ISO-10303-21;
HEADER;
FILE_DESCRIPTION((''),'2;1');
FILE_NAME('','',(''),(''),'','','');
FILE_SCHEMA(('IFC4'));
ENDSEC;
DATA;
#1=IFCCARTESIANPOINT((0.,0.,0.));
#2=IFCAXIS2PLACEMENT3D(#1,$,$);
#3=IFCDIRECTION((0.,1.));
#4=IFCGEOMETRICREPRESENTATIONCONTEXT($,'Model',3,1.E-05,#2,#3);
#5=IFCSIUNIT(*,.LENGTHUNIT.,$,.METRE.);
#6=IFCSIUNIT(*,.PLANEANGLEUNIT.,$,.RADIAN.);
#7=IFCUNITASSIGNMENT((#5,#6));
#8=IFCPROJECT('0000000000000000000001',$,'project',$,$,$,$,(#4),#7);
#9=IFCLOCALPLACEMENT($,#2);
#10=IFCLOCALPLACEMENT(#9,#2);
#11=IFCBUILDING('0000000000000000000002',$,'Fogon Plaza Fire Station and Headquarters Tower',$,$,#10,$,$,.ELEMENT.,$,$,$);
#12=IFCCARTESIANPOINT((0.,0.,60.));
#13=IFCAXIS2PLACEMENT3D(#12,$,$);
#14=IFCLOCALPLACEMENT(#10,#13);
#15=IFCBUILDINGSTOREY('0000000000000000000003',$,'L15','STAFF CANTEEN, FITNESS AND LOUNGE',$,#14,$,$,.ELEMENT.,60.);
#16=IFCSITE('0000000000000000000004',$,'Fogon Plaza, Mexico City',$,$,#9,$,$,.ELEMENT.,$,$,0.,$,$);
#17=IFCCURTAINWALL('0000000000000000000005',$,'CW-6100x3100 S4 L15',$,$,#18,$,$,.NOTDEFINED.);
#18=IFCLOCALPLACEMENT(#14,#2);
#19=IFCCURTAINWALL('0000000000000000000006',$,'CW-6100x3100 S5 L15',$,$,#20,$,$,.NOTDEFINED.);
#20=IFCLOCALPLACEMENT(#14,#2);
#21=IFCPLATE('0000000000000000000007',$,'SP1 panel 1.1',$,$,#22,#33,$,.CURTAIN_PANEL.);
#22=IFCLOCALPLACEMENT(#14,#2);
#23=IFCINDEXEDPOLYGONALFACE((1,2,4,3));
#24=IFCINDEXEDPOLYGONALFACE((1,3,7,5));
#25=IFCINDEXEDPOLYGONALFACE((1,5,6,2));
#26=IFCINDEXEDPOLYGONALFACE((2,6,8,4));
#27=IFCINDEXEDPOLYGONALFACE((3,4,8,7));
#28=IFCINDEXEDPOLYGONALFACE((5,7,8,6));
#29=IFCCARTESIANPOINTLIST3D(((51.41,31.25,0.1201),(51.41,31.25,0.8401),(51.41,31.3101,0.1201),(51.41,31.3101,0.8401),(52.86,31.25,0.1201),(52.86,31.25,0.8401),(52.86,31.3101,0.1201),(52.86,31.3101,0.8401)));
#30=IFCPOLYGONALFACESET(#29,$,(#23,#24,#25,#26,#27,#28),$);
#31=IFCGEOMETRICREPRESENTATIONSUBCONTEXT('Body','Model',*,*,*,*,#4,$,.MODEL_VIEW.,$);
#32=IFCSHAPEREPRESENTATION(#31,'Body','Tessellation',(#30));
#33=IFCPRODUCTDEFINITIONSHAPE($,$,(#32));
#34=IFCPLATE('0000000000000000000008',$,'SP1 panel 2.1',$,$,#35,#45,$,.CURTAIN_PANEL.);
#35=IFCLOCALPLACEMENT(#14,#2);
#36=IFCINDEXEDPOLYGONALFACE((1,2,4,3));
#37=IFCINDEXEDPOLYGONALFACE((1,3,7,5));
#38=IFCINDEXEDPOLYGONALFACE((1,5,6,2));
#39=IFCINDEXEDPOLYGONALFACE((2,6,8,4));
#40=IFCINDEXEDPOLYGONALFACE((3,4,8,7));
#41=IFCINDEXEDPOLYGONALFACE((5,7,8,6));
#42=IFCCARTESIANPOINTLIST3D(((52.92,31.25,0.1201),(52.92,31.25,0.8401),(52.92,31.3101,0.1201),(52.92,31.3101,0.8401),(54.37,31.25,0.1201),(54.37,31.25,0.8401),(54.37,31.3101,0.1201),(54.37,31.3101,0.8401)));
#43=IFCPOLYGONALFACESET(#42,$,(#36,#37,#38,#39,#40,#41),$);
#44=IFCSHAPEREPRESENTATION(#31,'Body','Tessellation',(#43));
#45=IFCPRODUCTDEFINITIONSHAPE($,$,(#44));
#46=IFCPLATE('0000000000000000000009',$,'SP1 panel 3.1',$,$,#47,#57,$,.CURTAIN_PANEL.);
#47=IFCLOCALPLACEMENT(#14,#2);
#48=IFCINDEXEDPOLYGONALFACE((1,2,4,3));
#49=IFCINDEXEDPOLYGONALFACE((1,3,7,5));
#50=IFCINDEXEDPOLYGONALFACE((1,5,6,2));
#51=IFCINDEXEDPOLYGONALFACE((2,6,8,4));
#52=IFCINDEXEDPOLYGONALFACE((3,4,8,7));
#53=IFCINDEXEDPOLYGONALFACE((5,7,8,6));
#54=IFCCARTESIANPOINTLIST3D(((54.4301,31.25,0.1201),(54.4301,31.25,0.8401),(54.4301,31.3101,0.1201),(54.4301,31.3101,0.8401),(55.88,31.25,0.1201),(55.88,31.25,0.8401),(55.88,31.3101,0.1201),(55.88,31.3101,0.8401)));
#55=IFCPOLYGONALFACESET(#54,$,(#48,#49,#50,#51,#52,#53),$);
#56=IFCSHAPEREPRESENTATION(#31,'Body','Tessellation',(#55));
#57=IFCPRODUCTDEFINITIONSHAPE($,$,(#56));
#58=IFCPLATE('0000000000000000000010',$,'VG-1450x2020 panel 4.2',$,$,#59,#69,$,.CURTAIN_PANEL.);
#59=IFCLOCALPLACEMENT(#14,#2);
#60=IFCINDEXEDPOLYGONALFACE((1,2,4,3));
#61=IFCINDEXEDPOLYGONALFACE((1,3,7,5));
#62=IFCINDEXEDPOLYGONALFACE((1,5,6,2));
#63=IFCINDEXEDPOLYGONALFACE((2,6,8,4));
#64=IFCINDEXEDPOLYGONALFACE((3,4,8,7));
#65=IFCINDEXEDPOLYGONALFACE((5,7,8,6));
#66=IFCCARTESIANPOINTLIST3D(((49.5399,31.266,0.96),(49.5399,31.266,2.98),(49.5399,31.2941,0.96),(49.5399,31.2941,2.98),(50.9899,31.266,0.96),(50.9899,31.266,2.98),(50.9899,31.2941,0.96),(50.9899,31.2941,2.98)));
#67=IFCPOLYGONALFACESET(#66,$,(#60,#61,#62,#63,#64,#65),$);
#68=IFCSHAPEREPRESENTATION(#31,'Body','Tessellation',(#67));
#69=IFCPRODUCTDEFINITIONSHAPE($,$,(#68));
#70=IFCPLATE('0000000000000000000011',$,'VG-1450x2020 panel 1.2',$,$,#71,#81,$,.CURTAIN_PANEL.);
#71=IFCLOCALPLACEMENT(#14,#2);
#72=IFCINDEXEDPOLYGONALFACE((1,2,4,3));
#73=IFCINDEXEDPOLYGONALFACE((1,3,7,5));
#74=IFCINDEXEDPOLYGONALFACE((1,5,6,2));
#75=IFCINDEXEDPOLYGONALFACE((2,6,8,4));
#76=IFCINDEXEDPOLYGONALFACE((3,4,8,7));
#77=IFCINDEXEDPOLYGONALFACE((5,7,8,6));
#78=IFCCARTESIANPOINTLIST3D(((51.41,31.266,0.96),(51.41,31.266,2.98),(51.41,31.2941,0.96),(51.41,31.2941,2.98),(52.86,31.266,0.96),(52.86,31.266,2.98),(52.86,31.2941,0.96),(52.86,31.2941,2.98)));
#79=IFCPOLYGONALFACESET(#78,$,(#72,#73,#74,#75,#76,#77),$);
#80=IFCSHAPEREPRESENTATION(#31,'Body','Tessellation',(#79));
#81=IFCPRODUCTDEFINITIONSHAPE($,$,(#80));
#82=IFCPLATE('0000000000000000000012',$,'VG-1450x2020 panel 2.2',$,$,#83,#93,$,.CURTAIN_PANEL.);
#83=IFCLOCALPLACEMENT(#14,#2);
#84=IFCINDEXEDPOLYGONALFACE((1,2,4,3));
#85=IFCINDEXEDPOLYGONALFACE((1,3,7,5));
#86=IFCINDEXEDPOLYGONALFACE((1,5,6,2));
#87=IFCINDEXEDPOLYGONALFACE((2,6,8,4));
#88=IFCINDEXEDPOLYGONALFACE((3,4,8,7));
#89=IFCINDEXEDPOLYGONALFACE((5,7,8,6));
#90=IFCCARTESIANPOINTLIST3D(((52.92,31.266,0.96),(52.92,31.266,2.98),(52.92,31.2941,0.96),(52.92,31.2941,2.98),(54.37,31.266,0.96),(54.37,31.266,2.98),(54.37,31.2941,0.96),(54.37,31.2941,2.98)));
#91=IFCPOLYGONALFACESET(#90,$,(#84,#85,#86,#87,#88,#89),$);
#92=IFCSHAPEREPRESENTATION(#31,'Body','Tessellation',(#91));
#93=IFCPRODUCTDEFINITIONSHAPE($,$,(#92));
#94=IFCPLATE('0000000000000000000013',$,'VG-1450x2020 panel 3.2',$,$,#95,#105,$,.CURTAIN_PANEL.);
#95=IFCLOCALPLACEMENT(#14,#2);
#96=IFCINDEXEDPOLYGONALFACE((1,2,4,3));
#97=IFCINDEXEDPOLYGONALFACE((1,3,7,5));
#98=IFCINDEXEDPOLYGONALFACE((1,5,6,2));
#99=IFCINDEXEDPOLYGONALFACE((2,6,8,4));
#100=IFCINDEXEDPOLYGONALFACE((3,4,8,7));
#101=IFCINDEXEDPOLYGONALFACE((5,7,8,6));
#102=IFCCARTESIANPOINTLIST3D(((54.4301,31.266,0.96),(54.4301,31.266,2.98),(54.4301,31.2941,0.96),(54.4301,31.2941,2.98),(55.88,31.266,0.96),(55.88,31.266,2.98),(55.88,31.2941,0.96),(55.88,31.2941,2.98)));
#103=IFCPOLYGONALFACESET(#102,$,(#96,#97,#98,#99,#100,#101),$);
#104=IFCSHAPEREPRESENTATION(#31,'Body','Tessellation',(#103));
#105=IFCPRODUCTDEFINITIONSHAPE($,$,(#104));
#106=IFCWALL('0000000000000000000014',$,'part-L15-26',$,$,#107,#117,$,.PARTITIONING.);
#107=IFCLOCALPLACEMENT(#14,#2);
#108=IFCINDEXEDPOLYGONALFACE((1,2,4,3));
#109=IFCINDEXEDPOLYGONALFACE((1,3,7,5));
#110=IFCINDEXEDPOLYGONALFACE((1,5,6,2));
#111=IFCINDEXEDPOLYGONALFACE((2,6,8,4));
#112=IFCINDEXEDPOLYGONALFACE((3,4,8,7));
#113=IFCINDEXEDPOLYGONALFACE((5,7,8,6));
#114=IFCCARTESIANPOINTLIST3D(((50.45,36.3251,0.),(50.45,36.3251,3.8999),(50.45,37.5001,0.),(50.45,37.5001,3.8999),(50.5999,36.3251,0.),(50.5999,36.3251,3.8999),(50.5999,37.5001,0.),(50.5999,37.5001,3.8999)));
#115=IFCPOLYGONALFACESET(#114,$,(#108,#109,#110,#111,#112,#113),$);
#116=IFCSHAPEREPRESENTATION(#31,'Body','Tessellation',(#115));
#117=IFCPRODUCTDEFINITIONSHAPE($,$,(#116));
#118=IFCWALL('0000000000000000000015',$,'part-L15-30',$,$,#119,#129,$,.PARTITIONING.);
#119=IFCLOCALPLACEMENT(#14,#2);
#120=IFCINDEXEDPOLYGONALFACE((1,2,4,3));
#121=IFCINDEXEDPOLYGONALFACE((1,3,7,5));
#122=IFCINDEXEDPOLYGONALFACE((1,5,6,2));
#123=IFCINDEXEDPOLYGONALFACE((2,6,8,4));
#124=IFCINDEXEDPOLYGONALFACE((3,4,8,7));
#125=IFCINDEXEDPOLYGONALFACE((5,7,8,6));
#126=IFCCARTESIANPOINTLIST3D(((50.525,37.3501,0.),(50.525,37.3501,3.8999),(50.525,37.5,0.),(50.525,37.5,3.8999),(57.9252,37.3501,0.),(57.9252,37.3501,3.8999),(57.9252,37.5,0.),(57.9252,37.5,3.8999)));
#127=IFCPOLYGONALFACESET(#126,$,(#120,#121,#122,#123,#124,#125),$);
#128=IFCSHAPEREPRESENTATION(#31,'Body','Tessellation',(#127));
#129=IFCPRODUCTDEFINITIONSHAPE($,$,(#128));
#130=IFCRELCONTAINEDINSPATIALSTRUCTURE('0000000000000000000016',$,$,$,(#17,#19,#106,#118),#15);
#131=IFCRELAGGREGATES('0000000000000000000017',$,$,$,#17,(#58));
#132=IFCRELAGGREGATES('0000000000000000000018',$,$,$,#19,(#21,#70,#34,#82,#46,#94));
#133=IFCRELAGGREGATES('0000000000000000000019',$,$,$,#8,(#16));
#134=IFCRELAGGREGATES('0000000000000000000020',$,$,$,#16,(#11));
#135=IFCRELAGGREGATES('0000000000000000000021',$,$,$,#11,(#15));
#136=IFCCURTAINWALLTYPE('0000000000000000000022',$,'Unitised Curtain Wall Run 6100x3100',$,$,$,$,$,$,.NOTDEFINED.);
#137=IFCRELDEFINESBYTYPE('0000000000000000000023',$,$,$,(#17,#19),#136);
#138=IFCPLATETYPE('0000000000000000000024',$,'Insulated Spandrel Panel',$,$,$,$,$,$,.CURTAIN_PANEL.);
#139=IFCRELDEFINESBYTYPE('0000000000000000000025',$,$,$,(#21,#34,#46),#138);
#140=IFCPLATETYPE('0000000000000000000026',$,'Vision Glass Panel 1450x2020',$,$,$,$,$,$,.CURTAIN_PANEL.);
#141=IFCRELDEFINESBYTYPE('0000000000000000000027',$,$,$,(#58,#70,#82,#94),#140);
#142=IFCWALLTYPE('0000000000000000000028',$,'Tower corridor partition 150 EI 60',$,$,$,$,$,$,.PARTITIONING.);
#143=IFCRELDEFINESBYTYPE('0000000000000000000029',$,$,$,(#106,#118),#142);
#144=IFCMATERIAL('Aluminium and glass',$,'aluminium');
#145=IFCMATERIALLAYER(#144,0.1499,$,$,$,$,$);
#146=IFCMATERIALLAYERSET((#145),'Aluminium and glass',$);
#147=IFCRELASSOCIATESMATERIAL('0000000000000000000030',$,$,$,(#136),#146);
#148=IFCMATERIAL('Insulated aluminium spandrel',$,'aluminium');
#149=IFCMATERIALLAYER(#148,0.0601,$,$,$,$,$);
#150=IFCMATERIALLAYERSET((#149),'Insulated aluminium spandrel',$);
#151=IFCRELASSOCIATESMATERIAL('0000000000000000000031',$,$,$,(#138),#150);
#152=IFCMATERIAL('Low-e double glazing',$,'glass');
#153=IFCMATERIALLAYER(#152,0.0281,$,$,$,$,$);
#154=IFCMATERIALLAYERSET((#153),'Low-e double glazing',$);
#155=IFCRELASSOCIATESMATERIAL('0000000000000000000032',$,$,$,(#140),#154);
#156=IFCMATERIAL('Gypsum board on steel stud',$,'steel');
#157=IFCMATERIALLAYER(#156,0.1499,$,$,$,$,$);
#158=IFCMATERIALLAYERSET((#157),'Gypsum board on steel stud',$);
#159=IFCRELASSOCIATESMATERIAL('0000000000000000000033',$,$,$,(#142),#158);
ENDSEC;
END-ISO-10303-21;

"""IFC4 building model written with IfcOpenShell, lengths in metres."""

from ifc_helpers import new_model, si_unit, direction, frame, frame_2d, origin, origin_2d, place, context, subcontext, project, spatial, rectangle, extrude, material, layer, layer_set, type_object, element, aggregate, save


model = new_model("IFC4")

# Units and contexts
model_context = context("Model", 3, precision=1e-05, world=origin(), true_north=direction((0.0, 1.0)))
body_context = subcontext(model_context, "Body", "Model", "MODEL_VIEW")
ifc_project = project(units=[si_unit("LENGTHUNIT", "METRE"), si_unit("PLANEANGLEUNIT", "RADIAN")], contexts=[model_context])

# Site, building, storey
site_placement = place(None, origin())
site = spatial("IfcSite", under=ifc_project, at=site_placement, Name="Fogon Plaza, Mexico City", CompositionType="ELEMENT", RefElevation=0.0)
building_placement = place(site_placement, origin())
building = spatial("IfcBuilding", under=site, at=building_placement, Name="Fogon Plaza Fire Station and Headquarters Tower", CompositionType="ELEMENT")
storey_placement = place(building_placement, frame((0.0, 0.0, 60.0)))
storey = spatial("IfcBuildingStorey", under=building, at=storey_placement, Name="L15", Description="STAFF CANTEEN, FITNESS AND LOUNGE", CompositionType="ELEMENT", Elevation=60.0)

# Curtain walls
ifc_material_1 = material(Name="Aluminium and glass", Category="aluminium")
ifc_layer_1 = layer(ifc_material_1, 0.1499)
ifc_layer_set_1 = layer_set([ifc_layer_1], Name="Aluminium and glass")
curtain_wall_type = type_object("IfcCurtainWallType", Name="Unitised Curtain Wall Run 6100x3100", PredefinedType="NOTDEFINED", material=ifc_layer_set_1)
curtain_wall_1_placement = place(storey_placement, origin())
curtain_wall_1 = element("IfcCurtainWall", 1, at=curtain_wall_1_placement, inside=storey, type_object=curtain_wall_type, Name="CW-6100x3100 S4 L15", PredefinedType="NOTDEFINED")
curtain_wall_2_placement = place(storey_placement, origin())
curtain_wall_2 = element("IfcCurtainWall", 2, at=curtain_wall_2_placement, inside=storey, type_object=curtain_wall_type, Name="CW-6100x3100 S5 L15", PredefinedType="NOTDEFINED")

# Plates
ifc_material_2 = material(Name="Insulated aluminium spandrel", Category="aluminium")
ifc_layer_2 = layer(ifc_material_2, 0.0601)
ifc_layer_set_2 = layer_set([ifc_layer_2], Name="Insulated aluminium spandrel")
plate_type_1 = type_object("IfcPlateType", Name="Insulated Spandrel Panel", PredefinedType="CURTAIN_PANEL", material=ifc_layer_set_2)
plate_1_placement = place(storey_placement, frame((52.135, 31.28, 0.1201), z_axis=(0.0, 0.0, 1.0), x_axis=(1.0, 0.0, 0.0)))
plate_1 = element("IfcPlate", 3, at=plate_1_placement, type_object=plate_type_1, Name="SP1 panel 1.1", PredefinedType="CURTAIN_PANEL", context=body_context, shape_type="SweptSolid", body=[
    extrude(rectangle(XDim=1.45, YDim=0.0601, at=origin_2d()), origin(), (0.0, 0.0, 1.0), 0.72),
])
plate_2_placement = place(storey_placement, frame((53.645, 31.28, 0.1201), z_axis=(0.0, 0.0, 1.0), x_axis=(1.0, 0.0, 0.0)))
plate_2 = element("IfcPlate", 4, at=plate_2_placement, type_object=plate_type_1, Name="SP1 panel 2.1", PredefinedType="CURTAIN_PANEL", context=body_context, shape_type="SweptSolid", body=[
    extrude(rectangle(XDim=1.45, YDim=0.0601, at=origin_2d()), origin(), (0.0, 0.0, 1.0), 0.72),
])
plate_3_placement = place(storey_placement, frame((55.155, 31.28, 0.1201), z_axis=(0.0, 0.0, 1.0), x_axis=(1.0, 0.0, 0.0)))
plate_3 = element("IfcPlate", 5, at=plate_3_placement, type_object=plate_type_1, Name="SP1 panel 3.1", PredefinedType="CURTAIN_PANEL", context=body_context, shape_type="SweptSolid", body=[
    extrude(rectangle(XDim=1.45, YDim=0.0601, at=origin_2d()), origin(), (0.0, 0.0, 1.0), 0.72),
])
ifc_material_3 = material(Name="Low-e double glazing", Category="glass")
ifc_layer_3 = layer(ifc_material_3, 0.0281)
ifc_layer_set_3 = layer_set([ifc_layer_3], Name="Low-e double glazing")
plate_type_2 = type_object("IfcPlateType", Name="Vision Glass Panel 1450x2020", PredefinedType="CURTAIN_PANEL", material=ifc_layer_set_3)
plate_4_placement = place(storey_placement, frame((50.2649, 31.28, 0.96), z_axis=(0.0, 0.0, 1.0), x_axis=(1.0, 0.0, 0.0)))
plate_4 = element("IfcPlate", 6, at=plate_4_placement, type_object=plate_type_2, Name="VG-1450x2020 panel 4.2", PredefinedType="CURTAIN_PANEL", context=body_context, shape_type="SweptSolid", body=[
    extrude(rectangle(XDim=1.45, YDim=0.0281, at=origin_2d()), origin(), (0.0, 0.0, 1.0), 2.02),
])
aggregate(curtain_wall_1, [plate_4])
plate_5_placement = place(storey_placement, frame((52.135, 31.28, 0.96), z_axis=(0.0, 0.0, 1.0), x_axis=(1.0, 0.0, 0.0)))
plate_5 = element("IfcPlate", 7, at=plate_5_placement, type_object=plate_type_2, Name="VG-1450x2020 panel 1.2", PredefinedType="CURTAIN_PANEL", context=body_context, shape_type="SweptSolid", body=[
    extrude(rectangle(XDim=1.45, YDim=0.0281, at=origin_2d()), origin(), (0.0, 0.0, 1.0), 2.02),
])
plate_6_placement = place(storey_placement, frame((53.645, 31.28, 0.96), z_axis=(0.0, 0.0, 1.0), x_axis=(1.0, 0.0, 0.0)))
plate_6 = element("IfcPlate", 8, at=plate_6_placement, type_object=plate_type_2, Name="VG-1450x2020 panel 2.2", PredefinedType="CURTAIN_PANEL", context=body_context, shape_type="SweptSolid", body=[
    extrude(rectangle(XDim=1.45, YDim=0.0281, at=origin_2d()), origin(), (0.0, 0.0, 1.0), 2.02),
])
plate_7_placement = place(storey_placement, frame((55.155, 31.28, 0.96), z_axis=(0.0, 0.0, 1.0), x_axis=(1.0, 0.0, 0.0)))
plate_7 = element("IfcPlate", 9, at=plate_7_placement, type_object=plate_type_2, Name="VG-1450x2020 panel 3.2", PredefinedType="CURTAIN_PANEL", context=body_context, shape_type="SweptSolid", body=[
    extrude(rectangle(XDim=1.45, YDim=0.0281, at=origin_2d()), origin(), (0.0, 0.0, 1.0), 2.02),
])
aggregate(curtain_wall_2, [plate_1, plate_5, plate_2, plate_6, plate_3, plate_7])

# Walls
ifc_material_4 = material(Name="Gypsum board on steel stud", Category="steel")
ifc_layer_4 = layer(ifc_material_4, 0.1499)
ifc_layer_set_4 = layer_set([ifc_layer_4], Name="Gypsum board on steel stud")
wall_type = type_object("IfcWallType", Name="Tower corridor partition 150 EI 60", PredefinedType="PARTITIONING", material=ifc_layer_set_4)
wall_1_placement = place(storey_placement, frame((50.5249, 37.5, 0.0), z_axis=(0.0, 0.0, 1.0), x_axis=(0.0, -1.0, 0.0)))
element("IfcWall", 10, at=wall_1_placement, inside=storey, type_object=wall_type, Name="part-L15-26", PredefinedType="PARTITIONING", context=body_context, shape_type="SweptSolid", body=[
    extrude(rectangle(XDim=1.175, YDim=0.1499, at=frame_2d((0.5874, 0.0))), origin(), (0.0, 0.0, 1.0), 3.8999),
])
wall_2_placement = place(storey_placement, frame((50.5249, 37.425, 0.0), z_axis=(0.0, 0.0, 1.0), x_axis=(1.0, 0.0, 0.0)))
element("IfcWall", 11, at=wall_2_placement, inside=storey, type_object=wall_type, Name="part-L15-30", PredefinedType="PARTITIONING", context=body_context, shape_type="SweptSolid", body=[
    extrude(rectangle(XDim=7.4001, YDim=0.1499, at=frame_2d((3.7002, 0.0))), origin(), (0.0, 0.0, 1.0), 3.8999),
])

save(model, "model.ifc")
